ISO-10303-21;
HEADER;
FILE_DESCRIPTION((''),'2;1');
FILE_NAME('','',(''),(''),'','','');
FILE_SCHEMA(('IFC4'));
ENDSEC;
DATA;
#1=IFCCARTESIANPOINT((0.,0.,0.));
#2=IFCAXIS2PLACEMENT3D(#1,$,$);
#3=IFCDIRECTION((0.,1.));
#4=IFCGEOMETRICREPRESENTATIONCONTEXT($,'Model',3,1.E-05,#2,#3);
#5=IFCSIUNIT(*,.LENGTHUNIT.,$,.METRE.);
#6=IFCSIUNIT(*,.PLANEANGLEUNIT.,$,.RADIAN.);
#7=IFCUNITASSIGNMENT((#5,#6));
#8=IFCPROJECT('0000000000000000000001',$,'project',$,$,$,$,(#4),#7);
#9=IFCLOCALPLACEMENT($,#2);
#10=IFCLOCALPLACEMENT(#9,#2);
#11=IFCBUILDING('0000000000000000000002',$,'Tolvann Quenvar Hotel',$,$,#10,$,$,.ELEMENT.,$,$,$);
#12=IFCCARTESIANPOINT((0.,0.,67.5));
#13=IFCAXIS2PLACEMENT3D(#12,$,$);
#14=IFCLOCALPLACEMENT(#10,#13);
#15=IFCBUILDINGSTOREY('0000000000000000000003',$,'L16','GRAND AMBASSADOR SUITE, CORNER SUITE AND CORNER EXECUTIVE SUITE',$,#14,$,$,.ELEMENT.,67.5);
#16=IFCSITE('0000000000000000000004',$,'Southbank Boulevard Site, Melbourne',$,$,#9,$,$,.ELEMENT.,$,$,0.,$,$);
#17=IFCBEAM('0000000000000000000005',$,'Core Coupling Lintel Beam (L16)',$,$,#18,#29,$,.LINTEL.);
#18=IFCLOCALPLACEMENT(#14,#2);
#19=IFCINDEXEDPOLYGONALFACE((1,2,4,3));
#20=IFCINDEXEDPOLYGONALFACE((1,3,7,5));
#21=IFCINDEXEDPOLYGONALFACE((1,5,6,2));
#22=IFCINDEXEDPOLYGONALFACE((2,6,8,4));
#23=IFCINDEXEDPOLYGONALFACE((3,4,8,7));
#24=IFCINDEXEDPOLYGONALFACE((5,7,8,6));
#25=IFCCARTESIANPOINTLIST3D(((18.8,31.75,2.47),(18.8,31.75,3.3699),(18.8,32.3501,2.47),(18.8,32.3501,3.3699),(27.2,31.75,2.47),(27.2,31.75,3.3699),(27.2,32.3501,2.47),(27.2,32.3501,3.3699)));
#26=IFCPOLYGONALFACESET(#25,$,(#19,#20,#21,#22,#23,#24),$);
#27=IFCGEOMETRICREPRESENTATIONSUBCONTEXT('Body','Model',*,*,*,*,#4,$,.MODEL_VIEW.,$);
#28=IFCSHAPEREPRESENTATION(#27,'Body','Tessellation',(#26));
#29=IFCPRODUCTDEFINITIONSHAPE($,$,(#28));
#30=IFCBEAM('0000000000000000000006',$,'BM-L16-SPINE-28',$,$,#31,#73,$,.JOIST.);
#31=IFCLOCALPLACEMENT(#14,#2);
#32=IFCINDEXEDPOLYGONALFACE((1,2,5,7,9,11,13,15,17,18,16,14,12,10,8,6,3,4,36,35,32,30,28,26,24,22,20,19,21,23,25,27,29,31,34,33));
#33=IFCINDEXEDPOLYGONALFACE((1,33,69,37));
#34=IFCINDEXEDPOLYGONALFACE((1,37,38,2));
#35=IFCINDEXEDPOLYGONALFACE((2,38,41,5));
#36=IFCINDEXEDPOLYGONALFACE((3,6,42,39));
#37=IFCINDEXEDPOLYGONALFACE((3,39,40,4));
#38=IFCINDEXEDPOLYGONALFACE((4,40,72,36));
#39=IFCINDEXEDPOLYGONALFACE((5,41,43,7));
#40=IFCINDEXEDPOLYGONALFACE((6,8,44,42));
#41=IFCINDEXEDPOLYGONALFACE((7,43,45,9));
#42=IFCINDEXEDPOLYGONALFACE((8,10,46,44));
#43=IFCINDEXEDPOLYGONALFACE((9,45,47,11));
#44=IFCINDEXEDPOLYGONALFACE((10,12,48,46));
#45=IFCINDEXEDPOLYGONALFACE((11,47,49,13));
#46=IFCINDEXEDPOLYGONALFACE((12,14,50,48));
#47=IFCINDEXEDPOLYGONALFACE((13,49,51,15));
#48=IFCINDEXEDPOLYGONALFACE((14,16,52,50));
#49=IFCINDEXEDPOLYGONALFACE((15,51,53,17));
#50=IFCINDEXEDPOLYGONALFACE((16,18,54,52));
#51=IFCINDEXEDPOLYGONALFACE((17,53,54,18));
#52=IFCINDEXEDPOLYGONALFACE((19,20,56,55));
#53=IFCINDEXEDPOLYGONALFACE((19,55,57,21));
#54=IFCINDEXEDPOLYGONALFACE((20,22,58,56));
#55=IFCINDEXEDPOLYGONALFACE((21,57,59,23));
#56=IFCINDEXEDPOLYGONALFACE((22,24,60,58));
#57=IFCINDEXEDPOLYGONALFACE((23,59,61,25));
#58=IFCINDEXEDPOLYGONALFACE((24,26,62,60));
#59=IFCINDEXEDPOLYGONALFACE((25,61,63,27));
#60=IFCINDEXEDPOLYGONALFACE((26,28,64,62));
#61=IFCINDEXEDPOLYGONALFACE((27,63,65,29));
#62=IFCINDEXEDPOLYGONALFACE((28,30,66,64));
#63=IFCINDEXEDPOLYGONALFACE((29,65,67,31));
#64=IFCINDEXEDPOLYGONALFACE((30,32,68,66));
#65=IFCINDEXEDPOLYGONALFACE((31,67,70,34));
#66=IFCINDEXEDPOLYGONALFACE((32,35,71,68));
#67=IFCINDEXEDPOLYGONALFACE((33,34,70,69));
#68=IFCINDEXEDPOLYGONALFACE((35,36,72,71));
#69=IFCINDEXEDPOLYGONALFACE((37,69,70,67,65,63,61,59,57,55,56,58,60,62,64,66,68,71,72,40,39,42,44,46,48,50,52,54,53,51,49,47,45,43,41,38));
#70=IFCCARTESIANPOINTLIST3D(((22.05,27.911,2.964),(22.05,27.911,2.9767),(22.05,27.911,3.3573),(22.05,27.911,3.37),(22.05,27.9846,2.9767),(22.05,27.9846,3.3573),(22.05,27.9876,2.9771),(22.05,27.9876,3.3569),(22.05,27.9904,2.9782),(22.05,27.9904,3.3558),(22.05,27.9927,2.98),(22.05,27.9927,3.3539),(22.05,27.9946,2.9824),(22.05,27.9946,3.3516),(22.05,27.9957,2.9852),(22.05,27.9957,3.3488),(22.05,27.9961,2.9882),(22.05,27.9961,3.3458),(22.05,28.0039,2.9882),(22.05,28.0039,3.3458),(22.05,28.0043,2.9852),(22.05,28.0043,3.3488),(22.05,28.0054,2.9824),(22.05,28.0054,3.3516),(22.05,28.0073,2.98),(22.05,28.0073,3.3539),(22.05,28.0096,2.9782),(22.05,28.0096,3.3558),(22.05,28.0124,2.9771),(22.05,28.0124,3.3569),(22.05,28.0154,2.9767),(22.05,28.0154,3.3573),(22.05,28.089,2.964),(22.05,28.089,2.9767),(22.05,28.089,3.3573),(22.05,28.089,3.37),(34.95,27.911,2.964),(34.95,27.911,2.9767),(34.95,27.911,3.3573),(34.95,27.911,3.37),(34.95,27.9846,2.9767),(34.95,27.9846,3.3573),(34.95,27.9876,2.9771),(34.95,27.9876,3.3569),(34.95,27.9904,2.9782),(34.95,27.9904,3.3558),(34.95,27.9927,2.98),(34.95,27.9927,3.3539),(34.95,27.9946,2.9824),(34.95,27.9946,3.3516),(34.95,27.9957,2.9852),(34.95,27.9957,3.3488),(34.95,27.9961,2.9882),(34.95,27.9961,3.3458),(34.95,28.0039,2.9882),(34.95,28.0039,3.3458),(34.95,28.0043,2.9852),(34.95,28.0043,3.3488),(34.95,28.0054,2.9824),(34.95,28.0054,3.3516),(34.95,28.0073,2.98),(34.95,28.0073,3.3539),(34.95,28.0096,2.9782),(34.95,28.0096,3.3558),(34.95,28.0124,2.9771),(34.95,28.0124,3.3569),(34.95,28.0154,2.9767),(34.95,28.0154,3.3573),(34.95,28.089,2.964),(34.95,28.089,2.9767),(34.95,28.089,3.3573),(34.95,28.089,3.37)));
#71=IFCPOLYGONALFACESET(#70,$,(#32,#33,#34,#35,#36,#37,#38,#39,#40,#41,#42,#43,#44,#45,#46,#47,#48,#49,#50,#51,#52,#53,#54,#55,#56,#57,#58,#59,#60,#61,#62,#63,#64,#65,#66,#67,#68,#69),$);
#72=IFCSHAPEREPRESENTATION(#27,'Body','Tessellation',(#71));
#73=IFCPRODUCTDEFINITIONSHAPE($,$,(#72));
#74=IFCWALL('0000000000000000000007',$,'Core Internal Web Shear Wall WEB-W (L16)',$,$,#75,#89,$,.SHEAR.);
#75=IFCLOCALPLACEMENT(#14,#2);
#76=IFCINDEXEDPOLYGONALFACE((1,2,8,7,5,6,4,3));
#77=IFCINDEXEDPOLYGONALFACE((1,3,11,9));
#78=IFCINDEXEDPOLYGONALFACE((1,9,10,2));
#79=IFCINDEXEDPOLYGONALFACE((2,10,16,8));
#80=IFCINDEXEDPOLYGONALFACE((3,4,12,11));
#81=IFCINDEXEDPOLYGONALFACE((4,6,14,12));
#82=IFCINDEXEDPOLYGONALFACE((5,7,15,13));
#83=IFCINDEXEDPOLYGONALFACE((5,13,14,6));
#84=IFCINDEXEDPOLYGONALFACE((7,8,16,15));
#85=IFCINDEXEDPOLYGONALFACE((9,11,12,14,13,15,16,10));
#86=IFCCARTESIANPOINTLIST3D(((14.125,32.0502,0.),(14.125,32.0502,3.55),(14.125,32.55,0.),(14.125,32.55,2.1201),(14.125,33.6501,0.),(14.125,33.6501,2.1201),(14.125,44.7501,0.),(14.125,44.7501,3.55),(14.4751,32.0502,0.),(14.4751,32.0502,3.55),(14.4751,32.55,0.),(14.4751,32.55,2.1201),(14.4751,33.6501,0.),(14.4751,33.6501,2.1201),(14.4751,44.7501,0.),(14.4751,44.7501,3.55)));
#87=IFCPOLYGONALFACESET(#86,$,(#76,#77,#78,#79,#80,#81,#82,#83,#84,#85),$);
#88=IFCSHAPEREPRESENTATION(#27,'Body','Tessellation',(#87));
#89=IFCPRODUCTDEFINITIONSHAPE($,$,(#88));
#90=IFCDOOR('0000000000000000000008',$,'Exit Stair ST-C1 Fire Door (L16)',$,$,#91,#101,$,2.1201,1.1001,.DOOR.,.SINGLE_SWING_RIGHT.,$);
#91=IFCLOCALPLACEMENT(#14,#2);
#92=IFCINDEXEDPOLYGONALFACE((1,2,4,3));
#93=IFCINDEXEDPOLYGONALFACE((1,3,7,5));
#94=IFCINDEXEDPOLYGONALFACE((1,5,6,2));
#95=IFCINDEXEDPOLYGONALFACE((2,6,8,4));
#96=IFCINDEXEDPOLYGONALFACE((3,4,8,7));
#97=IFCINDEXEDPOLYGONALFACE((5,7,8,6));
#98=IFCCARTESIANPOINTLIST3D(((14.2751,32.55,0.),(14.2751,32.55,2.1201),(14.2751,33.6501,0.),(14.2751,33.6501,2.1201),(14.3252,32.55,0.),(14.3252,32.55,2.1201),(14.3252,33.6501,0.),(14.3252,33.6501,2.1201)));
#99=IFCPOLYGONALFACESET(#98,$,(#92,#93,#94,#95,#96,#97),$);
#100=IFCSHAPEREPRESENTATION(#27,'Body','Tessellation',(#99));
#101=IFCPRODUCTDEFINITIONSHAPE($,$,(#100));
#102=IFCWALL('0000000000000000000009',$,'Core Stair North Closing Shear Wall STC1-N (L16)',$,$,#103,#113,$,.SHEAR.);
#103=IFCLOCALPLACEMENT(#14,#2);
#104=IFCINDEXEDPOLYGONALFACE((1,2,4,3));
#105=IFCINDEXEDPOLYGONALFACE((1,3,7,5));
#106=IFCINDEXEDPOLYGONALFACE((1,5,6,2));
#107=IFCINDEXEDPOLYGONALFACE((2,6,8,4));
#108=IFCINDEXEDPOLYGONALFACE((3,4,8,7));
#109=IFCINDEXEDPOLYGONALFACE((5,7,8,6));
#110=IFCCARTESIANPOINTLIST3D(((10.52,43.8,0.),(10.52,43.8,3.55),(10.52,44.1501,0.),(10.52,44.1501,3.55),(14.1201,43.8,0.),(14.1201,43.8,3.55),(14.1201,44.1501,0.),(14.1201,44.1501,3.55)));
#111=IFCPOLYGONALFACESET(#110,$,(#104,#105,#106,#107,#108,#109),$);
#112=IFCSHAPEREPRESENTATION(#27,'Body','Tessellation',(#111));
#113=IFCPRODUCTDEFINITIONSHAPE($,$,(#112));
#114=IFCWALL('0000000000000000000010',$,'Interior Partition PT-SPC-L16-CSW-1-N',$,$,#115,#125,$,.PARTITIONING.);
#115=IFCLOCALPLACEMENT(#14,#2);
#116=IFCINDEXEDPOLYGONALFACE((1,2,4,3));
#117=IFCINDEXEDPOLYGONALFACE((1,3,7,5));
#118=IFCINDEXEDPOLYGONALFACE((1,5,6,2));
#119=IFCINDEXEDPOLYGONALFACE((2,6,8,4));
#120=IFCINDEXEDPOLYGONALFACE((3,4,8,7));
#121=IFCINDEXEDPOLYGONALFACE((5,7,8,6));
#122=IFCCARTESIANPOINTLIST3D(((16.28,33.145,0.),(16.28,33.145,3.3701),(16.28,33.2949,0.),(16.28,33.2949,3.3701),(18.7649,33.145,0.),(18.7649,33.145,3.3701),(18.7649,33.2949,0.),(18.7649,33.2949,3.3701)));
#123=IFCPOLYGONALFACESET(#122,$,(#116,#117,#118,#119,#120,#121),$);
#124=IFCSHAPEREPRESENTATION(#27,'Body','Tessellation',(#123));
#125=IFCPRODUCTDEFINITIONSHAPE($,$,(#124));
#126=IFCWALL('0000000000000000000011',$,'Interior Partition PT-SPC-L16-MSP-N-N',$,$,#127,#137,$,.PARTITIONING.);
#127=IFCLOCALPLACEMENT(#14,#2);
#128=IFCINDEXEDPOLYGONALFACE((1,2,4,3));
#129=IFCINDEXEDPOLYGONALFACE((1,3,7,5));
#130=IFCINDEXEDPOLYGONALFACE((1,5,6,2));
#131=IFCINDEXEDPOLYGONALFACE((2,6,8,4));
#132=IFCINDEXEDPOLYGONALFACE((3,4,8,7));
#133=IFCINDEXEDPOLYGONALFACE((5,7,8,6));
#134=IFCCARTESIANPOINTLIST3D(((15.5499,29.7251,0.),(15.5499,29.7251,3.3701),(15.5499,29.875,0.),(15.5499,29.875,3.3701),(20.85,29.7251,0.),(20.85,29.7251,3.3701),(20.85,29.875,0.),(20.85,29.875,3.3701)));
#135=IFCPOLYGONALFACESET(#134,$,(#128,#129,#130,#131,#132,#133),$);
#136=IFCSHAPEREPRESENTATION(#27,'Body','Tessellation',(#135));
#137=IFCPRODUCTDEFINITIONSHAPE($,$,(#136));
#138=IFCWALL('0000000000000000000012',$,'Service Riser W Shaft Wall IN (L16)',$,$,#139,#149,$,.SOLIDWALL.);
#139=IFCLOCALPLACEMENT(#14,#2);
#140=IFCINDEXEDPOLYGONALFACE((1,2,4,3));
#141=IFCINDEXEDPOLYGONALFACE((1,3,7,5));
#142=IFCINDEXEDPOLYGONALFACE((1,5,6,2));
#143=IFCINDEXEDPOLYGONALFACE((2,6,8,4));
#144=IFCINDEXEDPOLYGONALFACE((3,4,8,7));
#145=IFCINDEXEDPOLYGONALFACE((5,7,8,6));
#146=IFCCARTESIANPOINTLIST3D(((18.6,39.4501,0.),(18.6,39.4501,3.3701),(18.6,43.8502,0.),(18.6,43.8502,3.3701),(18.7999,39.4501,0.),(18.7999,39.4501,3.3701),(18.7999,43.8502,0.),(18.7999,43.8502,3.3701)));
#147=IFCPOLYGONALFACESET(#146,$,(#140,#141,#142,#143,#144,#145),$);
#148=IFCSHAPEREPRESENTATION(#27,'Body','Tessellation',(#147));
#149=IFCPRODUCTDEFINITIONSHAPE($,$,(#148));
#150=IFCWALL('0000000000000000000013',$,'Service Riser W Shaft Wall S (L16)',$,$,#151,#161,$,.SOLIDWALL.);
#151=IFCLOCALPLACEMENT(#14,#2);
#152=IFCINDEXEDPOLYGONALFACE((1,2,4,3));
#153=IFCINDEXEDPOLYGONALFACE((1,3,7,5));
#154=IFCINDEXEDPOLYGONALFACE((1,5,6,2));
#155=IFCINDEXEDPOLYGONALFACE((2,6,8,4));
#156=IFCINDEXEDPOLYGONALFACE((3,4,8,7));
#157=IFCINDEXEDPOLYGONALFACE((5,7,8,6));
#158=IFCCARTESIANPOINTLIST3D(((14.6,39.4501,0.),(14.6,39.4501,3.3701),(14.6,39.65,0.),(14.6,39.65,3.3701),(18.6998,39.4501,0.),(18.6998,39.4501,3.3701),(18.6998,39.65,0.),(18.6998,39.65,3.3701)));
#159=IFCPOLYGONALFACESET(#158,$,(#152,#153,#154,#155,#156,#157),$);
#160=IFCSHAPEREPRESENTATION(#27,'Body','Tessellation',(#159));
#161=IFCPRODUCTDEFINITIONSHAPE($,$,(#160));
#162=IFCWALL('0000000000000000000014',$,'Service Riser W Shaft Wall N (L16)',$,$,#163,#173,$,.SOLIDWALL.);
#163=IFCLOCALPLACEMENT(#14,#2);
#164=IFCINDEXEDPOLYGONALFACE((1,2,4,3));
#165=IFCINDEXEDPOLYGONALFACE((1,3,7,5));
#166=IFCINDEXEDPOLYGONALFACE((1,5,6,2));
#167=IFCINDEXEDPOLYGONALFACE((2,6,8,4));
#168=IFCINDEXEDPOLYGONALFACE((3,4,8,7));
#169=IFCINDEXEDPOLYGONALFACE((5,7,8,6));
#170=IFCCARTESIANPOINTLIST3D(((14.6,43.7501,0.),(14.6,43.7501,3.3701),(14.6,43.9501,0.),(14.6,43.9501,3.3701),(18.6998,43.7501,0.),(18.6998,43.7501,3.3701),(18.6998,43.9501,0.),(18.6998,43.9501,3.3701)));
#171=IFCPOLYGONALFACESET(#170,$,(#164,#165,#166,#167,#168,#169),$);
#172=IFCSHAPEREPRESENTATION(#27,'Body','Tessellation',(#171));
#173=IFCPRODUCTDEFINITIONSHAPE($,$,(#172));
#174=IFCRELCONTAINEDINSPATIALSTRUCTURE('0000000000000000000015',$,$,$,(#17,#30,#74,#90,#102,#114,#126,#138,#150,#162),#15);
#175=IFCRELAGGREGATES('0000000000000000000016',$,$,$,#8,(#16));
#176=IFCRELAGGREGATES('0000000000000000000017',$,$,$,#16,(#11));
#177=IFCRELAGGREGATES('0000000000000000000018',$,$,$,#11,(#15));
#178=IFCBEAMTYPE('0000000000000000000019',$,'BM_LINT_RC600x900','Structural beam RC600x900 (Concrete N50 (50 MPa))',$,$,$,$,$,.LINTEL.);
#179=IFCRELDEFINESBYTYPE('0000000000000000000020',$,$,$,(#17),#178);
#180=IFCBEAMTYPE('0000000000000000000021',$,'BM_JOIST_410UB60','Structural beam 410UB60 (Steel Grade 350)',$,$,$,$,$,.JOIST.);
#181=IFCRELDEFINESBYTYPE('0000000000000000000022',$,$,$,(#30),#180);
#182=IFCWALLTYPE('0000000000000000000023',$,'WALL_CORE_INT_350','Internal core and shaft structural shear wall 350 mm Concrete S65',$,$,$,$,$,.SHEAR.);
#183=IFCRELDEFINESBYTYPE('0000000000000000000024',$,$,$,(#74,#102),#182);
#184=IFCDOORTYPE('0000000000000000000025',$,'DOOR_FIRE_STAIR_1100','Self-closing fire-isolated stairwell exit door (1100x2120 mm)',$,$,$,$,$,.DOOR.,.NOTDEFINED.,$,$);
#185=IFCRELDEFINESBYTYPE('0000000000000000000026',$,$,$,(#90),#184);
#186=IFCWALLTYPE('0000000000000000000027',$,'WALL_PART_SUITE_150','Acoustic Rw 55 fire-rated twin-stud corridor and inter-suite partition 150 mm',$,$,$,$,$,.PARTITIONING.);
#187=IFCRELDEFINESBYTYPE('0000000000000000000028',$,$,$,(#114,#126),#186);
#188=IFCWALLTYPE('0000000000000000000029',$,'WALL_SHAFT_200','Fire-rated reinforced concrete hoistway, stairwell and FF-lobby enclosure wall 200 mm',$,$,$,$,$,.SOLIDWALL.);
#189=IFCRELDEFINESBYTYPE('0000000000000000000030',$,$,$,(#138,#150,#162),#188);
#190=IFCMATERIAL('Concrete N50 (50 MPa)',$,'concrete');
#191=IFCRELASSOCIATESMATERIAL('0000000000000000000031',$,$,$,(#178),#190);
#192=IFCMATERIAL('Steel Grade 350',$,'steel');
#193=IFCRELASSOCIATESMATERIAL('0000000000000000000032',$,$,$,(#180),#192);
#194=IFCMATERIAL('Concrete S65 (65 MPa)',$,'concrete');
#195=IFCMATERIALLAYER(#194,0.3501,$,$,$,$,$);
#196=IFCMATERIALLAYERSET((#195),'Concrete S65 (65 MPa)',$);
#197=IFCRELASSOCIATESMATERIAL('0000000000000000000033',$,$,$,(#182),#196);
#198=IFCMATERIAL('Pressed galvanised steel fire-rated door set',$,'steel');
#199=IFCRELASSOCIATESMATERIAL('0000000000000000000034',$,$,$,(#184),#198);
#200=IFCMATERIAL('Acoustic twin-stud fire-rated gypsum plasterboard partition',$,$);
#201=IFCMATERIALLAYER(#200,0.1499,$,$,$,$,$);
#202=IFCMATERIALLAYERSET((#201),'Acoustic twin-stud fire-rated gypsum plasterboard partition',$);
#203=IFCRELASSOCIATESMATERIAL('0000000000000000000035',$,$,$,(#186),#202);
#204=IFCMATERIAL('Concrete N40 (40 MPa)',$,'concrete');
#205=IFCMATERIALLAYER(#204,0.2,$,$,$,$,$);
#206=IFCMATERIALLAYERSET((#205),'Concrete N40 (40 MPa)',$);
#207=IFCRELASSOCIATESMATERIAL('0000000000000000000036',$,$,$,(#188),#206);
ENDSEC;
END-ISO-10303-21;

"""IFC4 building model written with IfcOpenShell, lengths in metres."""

from ifc_helpers import new_model, si_unit, direction, frame, frame_2d, origin, origin_2d, place, context, subcontext, project, spatial, rectangle, i_section, extrude, source, transform, mapped, material, layer, layer_set, material_profile, profile_set, type_object, type_shapes, element, fill, save


model = new_model("IFC4")

# Units and contexts
model_context = context("Model", 3, precision=1e-05, world=origin(), true_north=direction((0.0, 1.0)))
body_context = subcontext(model_context, "Body", "Model", "MODEL_VIEW")
ifc_project = project(units=[si_unit("LENGTHUNIT", "METRE"), si_unit("PLANEANGLEUNIT", "RADIAN")], contexts=[model_context])

# Site, building, storey
site_placement = place(None, origin())
site = spatial("IfcSite", under=ifc_project, at=site_placement, Name="Southbank Boulevard Site, Melbourne", CompositionType="ELEMENT", RefElevation=0.0)
building_placement = place(site_placement, origin())
building = spatial("IfcBuilding", under=site, at=building_placement, Name="Tolvann Quenvar Hotel", CompositionType="ELEMENT")
storey_placement = place(building_placement, frame((0.0, 0.0, 67.5)))
storey = spatial("IfcBuildingStorey", under=building, at=storey_placement, Name="L16", Description="GRAND AMBASSADOR SUITE, CORNER SUITE AND CORNER EXECUTIVE SUITE", CompositionType="ELEMENT", Elevation=67.5)

# Beams
ifc_material_1 = material(Name="Concrete N50 (50 MPa)", Category="concrete")
ifc_material_profile_1 = material_profile(ifc_material_1, rectangle(XDim=0.6001, YDim=0.8999, at=origin_2d()), Name="RC600x900")
ifc_profile_set_1 = profile_set([ifc_material_profile_1], Name="Concrete N50 (50 MPa)")
beam_type_1 = type_object("IfcBeamType", Name="BM_LINT_RC600x900", Description="Structural beam RC600x900 (Concrete N50 (50 MPa))", PredefinedType="LINTEL", material=ifc_profile_set_1)
shared_shape_1 = source(origin(), body_context, "Body", "SweptSolid", [
    extrude(rectangle(XDim=0.6001, YDim=0.8999, at=origin_2d()), origin(), (0.0, 0.0, 1.0), 8.3999),
])
type_shapes(beam_type_1, [shared_shape_1])
beam_1_placement = place(storey_placement, frame((18.8, 32.05, 2.9199), z_axis=(1.0, 0.0, 0.0), x_axis=(0.0, 1.0, 0.0)))
element("IfcBeam", 1, at=beam_1_placement, inside=storey, type_object=beam_type_1, Name="Core Coupling Lintel Beam (L16)", PredefinedType="LINTEL", context=body_context, shape_type="MappedRepresentation", body=[
    mapped(shared_shape_1, transform((0.0, 0.0, 0.0), x_axis=(1.0, 0.0, 0.0), y_axis=(0.0, 1.0, 0.0), z_axis=(0.0, 0.0, 1.0), scale=1.0)),
])
ifc_material_2 = material(Name="Steel Grade 350", Category="steel")
ifc_material_profile_2 = material_profile(ifc_material_2, i_section(OverallWidth=0.178, OverallDepth=0.406, WebThickness=0.0078, FlangeThickness=0.0127, FilletRadius=0.0115, at=origin_2d()), Name="410UB60")
ifc_profile_set_2 = profile_set([ifc_material_profile_2], Name="Steel Grade 350")
beam_type_2 = type_object("IfcBeamType", Name="BM_JOIST_410UB60", Description="Structural beam 410UB60 (Steel Grade 350)", PredefinedType="JOIST", material=ifc_profile_set_2)
shared_shape_2 = source(origin(), body_context, "Body", "SweptSolid", [
    extrude(i_section(OverallWidth=0.178, OverallDepth=0.406, WebThickness=0.0078, FlangeThickness=0.0127, FilletRadius=0.0115, at=origin_2d()), origin(), (0.0, 0.0, 1.0), 12.8999),
])
type_shapes(beam_type_2, [shared_shape_2])
beam_2_placement = place(storey_placement, frame((22.05, 28.0, 3.167), z_axis=(1.0, 0.0, 0.0), x_axis=(0.0, 1.0, 0.0)))
element("IfcBeam", 2, at=beam_2_placement, inside=storey, type_object=beam_type_2, Name="BM-L16-SPINE-28", PredefinedType="JOIST", context=body_context, shape_type="MappedRepresentation", body=[
    mapped(shared_shape_2, transform((0.0, 0.0, 0.0), x_axis=(1.0, 0.0, 0.0), y_axis=(0.0, 1.0, 0.0), z_axis=(0.0, 0.0, 1.0), scale=1.0)),
])

# Wall, opening, door
ifc_material_3 = material(Name="Concrete S65 (65 MPa)", Category="concrete")
ifc_layer_1 = layer(ifc_material_3, 0.3501)
ifc_layer_set_1 = layer_set([ifc_layer_1], Name="Concrete S65 (65 MPa)")
wall_type_1 = type_object("IfcWallType", Name="WALL_CORE_INT_350", Description="Internal core and shaft structural shear wall 350 mm Concrete S65", PredefinedType="SHEAR", material=ifc_layer_set_1)
wall_1_placement = place(storey_placement, frame((14.3, 32.05, 0.0), z_axis=(0.0, 0.0, 1.0), x_axis=(0.0, 1.0, 0.0)))
wall_1 = element("IfcWall", 3, at=wall_1_placement, inside=storey, type_object=wall_type_1, Name="Core Internal Web Shear Wall WEB-W (L16)", PredefinedType="SHEAR", context=body_context, shape_type="SweptSolid", body=[
    extrude(rectangle(XDim=12.7, YDim=0.3501, at=frame_2d((6.3501, 0.0))), origin(), (0.0, 0.0, 1.0), 3.55),
])
opening_1_placement = place(wall_1_placement, frame((0.5, 0.0, 0.0)))
opening_1 = element("IfcOpeningElement", 4, at=opening_1_placement, cuts=wall_1, PredefinedType="OPENING", context=body_context, shape_type="SweptSolid", body=[
    extrude(rectangle(XDim=1.1001, YDim=2.1201, at=frame_2d((0.55, 1.0601))), frame((0.0, 0.1851, 0.0), z_axis=(0.0, -1.0, 0.0), x_axis=(1.0, 0.0, 0.0)), (0.0, 0.0, 1.0), 0.3701),
])
ifc_material_4 = material(Name="Pressed galvanised steel fire-rated door set", Category="steel")
door_type_1 = type_object("IfcDoorType", Name="DOOR_FIRE_STAIR_1100", Description="Self-closing fire-isolated stairwell exit door (1100x2120 mm)", OperationType="NOTDEFINED", PredefinedType="DOOR", material=ifc_material_4)
shared_shape_3 = source(origin(), body_context, "Body", "SweptSolid", [
    extrude(rectangle(XDim=1.1001, YDim=2.1201, at=frame_2d((0.55, 1.0601))), frame((0.0, 0.0249, 0.0), z_axis=(0.0, -1.0, 0.0), x_axis=(1.0, 0.0, 0.0)), (0.0, 0.0, 1.0), 0.05),
])
type_shapes(door_type_1, [shared_shape_3])
door_1_placement = place(opening_1_placement, origin())
door_1 = element("IfcDoor", 5, at=door_1_placement, inside=storey, type_object=door_type_1, Name="Exit Stair ST-C1 Fire Door (L16)", OperationType="SINGLE_SWING_RIGHT", OverallHeight=2.1201, OverallWidth=1.1001, PredefinedType="DOOR", context=body_context, shape_type="MappedRepresentation", body=[
    mapped(shared_shape_3, transform((0.0, 0.0, 0.0), x_axis=(1.0, 0.0, 0.0), y_axis=(0.0, 1.0, 0.0), z_axis=(0.0, 0.0, 1.0), scale=1.0)),
])
fill(opening_1, door_1)

# Walls
wall_2_placement = place(storey_placement, frame((10.52, 43.9751, 0.0), z_axis=(0.0, 0.0, 1.0), x_axis=(1.0, 0.0, 0.0)))
element("IfcWall", 6, at=wall_2_placement, inside=storey, type_object=wall_type_1, Name="Core Stair North Closing Shear Wall STC1-N (L16)", PredefinedType="SHEAR", context=body_context, shape_type="SweptSolid", body=[
    extrude(rectangle(XDim=3.6001, YDim=0.3501, at=frame_2d((1.8, 0.0))), origin(), (0.0, 0.0, 1.0), 3.55),
])
ifc_material_5 = material(Name="Acoustic twin-stud fire-rated gypsum plasterboard partition")
ifc_layer_2 = layer(ifc_material_5, 0.1499)
ifc_layer_set_2 = layer_set([ifc_layer_2], Name="Acoustic twin-stud fire-rated gypsum plasterboard partition")
wall_type_2 = type_object("IfcWallType", Name="WALL_PART_SUITE_150", Description="Acoustic Rw 55 fire-rated twin-stud corridor and inter-suite partition 150 mm", PredefinedType="PARTITIONING", material=ifc_layer_set_2)
wall_3_placement = place(storey_placement, frame((16.28, 33.22, 0.0), z_axis=(0.0, 0.0, 1.0), x_axis=(1.0, 0.0, 0.0)))
element("IfcWall", 7, at=wall_3_placement, inside=storey, type_object=wall_type_2, Name="Interior Partition PT-SPC-L16-CSW-1-N", PredefinedType="PARTITIONING", context=body_context, shape_type="SweptSolid", body=[
    extrude(rectangle(XDim=2.4849, YDim=0.1499, at=frame_2d((1.2424, 0.0))), origin(), (0.0, 0.0, 1.0), 3.3701),
])
wall_4_placement = place(storey_placement, frame((15.55, 29.8, 0.0), z_axis=(0.0, 0.0, 1.0), x_axis=(1.0, 0.0, 0.0)))
element("IfcWall", 8, at=wall_4_placement, inside=storey, type_object=wall_type_2, Name="Interior Partition PT-SPC-L16-MSP-N-N", PredefinedType="PARTITIONING", context=body_context, shape_type="SweptSolid", body=[
    extrude(rectangle(XDim=5.3, YDim=0.1499, at=frame_2d((2.6499, 0.0))), origin(), (0.0, 0.0, 1.0), 3.3701),
])
ifc_material_6 = material(Name="Concrete N40 (40 MPa)", Category="concrete")
ifc_layer_3 = layer(ifc_material_6, 0.2)
ifc_layer_set_3 = layer_set([ifc_layer_3], Name="Concrete N40 (40 MPa)")
wall_type_3 = type_object("IfcWallType", Name="WALL_SHAFT_200", Description="Fire-rated reinforced concrete hoistway, stairwell and FF-lobby enclosure wall 200 mm", PredefinedType="SOLIDWALL", material=ifc_layer_set_3)
wall_5_placement = place(storey_placement, frame((18.7, 39.45, 0.0), z_axis=(0.0, 0.0, 1.0), x_axis=(0.0, 1.0, 0.0)))
element("IfcWall", 9, at=wall_5_placement, inside=storey, type_object=wall_type_3, Name="Service Riser W Shaft Wall IN (L16)", PredefinedType="SOLIDWALL", context=body_context, shape_type="SweptSolid", body=[
    extrude(rectangle(XDim=4.4001, YDim=0.2, at=frame_2d((2.2002, 0.0))), origin(), (0.0, 0.0, 1.0), 3.3701),
])
for number, where, z_axis, x_axis, name in (
    (10, (14.6001, 39.55, 0.0), (0.0, 0.0, 1.0), (1.0, 0.0, 0.0), "Service Riser W Shaft Wall S (L16)"),
    (11, (14.6001, 43.8501, 0.0), (0.0, 0.0, 1.0), (1.0, 0.0, 0.0), "Service Riser W Shaft Wall N (L16)"),
):
    element("IfcWall", number, at=place(storey_placement, frame(where, z_axis=z_axis, x_axis=x_axis)), inside=storey, type_object=wall_type_3, Name=name, PredefinedType="SOLIDWALL", context=body_context, shape_type="SweptSolid", body=[
        extrude(rectangle(XDim=4.0999, YDim=0.2, at=frame_2d((2.0498, 0.0))), origin(), (0.0, 0.0, 1.0), 3.3701),
    ])

save(model, "model.ifc")
